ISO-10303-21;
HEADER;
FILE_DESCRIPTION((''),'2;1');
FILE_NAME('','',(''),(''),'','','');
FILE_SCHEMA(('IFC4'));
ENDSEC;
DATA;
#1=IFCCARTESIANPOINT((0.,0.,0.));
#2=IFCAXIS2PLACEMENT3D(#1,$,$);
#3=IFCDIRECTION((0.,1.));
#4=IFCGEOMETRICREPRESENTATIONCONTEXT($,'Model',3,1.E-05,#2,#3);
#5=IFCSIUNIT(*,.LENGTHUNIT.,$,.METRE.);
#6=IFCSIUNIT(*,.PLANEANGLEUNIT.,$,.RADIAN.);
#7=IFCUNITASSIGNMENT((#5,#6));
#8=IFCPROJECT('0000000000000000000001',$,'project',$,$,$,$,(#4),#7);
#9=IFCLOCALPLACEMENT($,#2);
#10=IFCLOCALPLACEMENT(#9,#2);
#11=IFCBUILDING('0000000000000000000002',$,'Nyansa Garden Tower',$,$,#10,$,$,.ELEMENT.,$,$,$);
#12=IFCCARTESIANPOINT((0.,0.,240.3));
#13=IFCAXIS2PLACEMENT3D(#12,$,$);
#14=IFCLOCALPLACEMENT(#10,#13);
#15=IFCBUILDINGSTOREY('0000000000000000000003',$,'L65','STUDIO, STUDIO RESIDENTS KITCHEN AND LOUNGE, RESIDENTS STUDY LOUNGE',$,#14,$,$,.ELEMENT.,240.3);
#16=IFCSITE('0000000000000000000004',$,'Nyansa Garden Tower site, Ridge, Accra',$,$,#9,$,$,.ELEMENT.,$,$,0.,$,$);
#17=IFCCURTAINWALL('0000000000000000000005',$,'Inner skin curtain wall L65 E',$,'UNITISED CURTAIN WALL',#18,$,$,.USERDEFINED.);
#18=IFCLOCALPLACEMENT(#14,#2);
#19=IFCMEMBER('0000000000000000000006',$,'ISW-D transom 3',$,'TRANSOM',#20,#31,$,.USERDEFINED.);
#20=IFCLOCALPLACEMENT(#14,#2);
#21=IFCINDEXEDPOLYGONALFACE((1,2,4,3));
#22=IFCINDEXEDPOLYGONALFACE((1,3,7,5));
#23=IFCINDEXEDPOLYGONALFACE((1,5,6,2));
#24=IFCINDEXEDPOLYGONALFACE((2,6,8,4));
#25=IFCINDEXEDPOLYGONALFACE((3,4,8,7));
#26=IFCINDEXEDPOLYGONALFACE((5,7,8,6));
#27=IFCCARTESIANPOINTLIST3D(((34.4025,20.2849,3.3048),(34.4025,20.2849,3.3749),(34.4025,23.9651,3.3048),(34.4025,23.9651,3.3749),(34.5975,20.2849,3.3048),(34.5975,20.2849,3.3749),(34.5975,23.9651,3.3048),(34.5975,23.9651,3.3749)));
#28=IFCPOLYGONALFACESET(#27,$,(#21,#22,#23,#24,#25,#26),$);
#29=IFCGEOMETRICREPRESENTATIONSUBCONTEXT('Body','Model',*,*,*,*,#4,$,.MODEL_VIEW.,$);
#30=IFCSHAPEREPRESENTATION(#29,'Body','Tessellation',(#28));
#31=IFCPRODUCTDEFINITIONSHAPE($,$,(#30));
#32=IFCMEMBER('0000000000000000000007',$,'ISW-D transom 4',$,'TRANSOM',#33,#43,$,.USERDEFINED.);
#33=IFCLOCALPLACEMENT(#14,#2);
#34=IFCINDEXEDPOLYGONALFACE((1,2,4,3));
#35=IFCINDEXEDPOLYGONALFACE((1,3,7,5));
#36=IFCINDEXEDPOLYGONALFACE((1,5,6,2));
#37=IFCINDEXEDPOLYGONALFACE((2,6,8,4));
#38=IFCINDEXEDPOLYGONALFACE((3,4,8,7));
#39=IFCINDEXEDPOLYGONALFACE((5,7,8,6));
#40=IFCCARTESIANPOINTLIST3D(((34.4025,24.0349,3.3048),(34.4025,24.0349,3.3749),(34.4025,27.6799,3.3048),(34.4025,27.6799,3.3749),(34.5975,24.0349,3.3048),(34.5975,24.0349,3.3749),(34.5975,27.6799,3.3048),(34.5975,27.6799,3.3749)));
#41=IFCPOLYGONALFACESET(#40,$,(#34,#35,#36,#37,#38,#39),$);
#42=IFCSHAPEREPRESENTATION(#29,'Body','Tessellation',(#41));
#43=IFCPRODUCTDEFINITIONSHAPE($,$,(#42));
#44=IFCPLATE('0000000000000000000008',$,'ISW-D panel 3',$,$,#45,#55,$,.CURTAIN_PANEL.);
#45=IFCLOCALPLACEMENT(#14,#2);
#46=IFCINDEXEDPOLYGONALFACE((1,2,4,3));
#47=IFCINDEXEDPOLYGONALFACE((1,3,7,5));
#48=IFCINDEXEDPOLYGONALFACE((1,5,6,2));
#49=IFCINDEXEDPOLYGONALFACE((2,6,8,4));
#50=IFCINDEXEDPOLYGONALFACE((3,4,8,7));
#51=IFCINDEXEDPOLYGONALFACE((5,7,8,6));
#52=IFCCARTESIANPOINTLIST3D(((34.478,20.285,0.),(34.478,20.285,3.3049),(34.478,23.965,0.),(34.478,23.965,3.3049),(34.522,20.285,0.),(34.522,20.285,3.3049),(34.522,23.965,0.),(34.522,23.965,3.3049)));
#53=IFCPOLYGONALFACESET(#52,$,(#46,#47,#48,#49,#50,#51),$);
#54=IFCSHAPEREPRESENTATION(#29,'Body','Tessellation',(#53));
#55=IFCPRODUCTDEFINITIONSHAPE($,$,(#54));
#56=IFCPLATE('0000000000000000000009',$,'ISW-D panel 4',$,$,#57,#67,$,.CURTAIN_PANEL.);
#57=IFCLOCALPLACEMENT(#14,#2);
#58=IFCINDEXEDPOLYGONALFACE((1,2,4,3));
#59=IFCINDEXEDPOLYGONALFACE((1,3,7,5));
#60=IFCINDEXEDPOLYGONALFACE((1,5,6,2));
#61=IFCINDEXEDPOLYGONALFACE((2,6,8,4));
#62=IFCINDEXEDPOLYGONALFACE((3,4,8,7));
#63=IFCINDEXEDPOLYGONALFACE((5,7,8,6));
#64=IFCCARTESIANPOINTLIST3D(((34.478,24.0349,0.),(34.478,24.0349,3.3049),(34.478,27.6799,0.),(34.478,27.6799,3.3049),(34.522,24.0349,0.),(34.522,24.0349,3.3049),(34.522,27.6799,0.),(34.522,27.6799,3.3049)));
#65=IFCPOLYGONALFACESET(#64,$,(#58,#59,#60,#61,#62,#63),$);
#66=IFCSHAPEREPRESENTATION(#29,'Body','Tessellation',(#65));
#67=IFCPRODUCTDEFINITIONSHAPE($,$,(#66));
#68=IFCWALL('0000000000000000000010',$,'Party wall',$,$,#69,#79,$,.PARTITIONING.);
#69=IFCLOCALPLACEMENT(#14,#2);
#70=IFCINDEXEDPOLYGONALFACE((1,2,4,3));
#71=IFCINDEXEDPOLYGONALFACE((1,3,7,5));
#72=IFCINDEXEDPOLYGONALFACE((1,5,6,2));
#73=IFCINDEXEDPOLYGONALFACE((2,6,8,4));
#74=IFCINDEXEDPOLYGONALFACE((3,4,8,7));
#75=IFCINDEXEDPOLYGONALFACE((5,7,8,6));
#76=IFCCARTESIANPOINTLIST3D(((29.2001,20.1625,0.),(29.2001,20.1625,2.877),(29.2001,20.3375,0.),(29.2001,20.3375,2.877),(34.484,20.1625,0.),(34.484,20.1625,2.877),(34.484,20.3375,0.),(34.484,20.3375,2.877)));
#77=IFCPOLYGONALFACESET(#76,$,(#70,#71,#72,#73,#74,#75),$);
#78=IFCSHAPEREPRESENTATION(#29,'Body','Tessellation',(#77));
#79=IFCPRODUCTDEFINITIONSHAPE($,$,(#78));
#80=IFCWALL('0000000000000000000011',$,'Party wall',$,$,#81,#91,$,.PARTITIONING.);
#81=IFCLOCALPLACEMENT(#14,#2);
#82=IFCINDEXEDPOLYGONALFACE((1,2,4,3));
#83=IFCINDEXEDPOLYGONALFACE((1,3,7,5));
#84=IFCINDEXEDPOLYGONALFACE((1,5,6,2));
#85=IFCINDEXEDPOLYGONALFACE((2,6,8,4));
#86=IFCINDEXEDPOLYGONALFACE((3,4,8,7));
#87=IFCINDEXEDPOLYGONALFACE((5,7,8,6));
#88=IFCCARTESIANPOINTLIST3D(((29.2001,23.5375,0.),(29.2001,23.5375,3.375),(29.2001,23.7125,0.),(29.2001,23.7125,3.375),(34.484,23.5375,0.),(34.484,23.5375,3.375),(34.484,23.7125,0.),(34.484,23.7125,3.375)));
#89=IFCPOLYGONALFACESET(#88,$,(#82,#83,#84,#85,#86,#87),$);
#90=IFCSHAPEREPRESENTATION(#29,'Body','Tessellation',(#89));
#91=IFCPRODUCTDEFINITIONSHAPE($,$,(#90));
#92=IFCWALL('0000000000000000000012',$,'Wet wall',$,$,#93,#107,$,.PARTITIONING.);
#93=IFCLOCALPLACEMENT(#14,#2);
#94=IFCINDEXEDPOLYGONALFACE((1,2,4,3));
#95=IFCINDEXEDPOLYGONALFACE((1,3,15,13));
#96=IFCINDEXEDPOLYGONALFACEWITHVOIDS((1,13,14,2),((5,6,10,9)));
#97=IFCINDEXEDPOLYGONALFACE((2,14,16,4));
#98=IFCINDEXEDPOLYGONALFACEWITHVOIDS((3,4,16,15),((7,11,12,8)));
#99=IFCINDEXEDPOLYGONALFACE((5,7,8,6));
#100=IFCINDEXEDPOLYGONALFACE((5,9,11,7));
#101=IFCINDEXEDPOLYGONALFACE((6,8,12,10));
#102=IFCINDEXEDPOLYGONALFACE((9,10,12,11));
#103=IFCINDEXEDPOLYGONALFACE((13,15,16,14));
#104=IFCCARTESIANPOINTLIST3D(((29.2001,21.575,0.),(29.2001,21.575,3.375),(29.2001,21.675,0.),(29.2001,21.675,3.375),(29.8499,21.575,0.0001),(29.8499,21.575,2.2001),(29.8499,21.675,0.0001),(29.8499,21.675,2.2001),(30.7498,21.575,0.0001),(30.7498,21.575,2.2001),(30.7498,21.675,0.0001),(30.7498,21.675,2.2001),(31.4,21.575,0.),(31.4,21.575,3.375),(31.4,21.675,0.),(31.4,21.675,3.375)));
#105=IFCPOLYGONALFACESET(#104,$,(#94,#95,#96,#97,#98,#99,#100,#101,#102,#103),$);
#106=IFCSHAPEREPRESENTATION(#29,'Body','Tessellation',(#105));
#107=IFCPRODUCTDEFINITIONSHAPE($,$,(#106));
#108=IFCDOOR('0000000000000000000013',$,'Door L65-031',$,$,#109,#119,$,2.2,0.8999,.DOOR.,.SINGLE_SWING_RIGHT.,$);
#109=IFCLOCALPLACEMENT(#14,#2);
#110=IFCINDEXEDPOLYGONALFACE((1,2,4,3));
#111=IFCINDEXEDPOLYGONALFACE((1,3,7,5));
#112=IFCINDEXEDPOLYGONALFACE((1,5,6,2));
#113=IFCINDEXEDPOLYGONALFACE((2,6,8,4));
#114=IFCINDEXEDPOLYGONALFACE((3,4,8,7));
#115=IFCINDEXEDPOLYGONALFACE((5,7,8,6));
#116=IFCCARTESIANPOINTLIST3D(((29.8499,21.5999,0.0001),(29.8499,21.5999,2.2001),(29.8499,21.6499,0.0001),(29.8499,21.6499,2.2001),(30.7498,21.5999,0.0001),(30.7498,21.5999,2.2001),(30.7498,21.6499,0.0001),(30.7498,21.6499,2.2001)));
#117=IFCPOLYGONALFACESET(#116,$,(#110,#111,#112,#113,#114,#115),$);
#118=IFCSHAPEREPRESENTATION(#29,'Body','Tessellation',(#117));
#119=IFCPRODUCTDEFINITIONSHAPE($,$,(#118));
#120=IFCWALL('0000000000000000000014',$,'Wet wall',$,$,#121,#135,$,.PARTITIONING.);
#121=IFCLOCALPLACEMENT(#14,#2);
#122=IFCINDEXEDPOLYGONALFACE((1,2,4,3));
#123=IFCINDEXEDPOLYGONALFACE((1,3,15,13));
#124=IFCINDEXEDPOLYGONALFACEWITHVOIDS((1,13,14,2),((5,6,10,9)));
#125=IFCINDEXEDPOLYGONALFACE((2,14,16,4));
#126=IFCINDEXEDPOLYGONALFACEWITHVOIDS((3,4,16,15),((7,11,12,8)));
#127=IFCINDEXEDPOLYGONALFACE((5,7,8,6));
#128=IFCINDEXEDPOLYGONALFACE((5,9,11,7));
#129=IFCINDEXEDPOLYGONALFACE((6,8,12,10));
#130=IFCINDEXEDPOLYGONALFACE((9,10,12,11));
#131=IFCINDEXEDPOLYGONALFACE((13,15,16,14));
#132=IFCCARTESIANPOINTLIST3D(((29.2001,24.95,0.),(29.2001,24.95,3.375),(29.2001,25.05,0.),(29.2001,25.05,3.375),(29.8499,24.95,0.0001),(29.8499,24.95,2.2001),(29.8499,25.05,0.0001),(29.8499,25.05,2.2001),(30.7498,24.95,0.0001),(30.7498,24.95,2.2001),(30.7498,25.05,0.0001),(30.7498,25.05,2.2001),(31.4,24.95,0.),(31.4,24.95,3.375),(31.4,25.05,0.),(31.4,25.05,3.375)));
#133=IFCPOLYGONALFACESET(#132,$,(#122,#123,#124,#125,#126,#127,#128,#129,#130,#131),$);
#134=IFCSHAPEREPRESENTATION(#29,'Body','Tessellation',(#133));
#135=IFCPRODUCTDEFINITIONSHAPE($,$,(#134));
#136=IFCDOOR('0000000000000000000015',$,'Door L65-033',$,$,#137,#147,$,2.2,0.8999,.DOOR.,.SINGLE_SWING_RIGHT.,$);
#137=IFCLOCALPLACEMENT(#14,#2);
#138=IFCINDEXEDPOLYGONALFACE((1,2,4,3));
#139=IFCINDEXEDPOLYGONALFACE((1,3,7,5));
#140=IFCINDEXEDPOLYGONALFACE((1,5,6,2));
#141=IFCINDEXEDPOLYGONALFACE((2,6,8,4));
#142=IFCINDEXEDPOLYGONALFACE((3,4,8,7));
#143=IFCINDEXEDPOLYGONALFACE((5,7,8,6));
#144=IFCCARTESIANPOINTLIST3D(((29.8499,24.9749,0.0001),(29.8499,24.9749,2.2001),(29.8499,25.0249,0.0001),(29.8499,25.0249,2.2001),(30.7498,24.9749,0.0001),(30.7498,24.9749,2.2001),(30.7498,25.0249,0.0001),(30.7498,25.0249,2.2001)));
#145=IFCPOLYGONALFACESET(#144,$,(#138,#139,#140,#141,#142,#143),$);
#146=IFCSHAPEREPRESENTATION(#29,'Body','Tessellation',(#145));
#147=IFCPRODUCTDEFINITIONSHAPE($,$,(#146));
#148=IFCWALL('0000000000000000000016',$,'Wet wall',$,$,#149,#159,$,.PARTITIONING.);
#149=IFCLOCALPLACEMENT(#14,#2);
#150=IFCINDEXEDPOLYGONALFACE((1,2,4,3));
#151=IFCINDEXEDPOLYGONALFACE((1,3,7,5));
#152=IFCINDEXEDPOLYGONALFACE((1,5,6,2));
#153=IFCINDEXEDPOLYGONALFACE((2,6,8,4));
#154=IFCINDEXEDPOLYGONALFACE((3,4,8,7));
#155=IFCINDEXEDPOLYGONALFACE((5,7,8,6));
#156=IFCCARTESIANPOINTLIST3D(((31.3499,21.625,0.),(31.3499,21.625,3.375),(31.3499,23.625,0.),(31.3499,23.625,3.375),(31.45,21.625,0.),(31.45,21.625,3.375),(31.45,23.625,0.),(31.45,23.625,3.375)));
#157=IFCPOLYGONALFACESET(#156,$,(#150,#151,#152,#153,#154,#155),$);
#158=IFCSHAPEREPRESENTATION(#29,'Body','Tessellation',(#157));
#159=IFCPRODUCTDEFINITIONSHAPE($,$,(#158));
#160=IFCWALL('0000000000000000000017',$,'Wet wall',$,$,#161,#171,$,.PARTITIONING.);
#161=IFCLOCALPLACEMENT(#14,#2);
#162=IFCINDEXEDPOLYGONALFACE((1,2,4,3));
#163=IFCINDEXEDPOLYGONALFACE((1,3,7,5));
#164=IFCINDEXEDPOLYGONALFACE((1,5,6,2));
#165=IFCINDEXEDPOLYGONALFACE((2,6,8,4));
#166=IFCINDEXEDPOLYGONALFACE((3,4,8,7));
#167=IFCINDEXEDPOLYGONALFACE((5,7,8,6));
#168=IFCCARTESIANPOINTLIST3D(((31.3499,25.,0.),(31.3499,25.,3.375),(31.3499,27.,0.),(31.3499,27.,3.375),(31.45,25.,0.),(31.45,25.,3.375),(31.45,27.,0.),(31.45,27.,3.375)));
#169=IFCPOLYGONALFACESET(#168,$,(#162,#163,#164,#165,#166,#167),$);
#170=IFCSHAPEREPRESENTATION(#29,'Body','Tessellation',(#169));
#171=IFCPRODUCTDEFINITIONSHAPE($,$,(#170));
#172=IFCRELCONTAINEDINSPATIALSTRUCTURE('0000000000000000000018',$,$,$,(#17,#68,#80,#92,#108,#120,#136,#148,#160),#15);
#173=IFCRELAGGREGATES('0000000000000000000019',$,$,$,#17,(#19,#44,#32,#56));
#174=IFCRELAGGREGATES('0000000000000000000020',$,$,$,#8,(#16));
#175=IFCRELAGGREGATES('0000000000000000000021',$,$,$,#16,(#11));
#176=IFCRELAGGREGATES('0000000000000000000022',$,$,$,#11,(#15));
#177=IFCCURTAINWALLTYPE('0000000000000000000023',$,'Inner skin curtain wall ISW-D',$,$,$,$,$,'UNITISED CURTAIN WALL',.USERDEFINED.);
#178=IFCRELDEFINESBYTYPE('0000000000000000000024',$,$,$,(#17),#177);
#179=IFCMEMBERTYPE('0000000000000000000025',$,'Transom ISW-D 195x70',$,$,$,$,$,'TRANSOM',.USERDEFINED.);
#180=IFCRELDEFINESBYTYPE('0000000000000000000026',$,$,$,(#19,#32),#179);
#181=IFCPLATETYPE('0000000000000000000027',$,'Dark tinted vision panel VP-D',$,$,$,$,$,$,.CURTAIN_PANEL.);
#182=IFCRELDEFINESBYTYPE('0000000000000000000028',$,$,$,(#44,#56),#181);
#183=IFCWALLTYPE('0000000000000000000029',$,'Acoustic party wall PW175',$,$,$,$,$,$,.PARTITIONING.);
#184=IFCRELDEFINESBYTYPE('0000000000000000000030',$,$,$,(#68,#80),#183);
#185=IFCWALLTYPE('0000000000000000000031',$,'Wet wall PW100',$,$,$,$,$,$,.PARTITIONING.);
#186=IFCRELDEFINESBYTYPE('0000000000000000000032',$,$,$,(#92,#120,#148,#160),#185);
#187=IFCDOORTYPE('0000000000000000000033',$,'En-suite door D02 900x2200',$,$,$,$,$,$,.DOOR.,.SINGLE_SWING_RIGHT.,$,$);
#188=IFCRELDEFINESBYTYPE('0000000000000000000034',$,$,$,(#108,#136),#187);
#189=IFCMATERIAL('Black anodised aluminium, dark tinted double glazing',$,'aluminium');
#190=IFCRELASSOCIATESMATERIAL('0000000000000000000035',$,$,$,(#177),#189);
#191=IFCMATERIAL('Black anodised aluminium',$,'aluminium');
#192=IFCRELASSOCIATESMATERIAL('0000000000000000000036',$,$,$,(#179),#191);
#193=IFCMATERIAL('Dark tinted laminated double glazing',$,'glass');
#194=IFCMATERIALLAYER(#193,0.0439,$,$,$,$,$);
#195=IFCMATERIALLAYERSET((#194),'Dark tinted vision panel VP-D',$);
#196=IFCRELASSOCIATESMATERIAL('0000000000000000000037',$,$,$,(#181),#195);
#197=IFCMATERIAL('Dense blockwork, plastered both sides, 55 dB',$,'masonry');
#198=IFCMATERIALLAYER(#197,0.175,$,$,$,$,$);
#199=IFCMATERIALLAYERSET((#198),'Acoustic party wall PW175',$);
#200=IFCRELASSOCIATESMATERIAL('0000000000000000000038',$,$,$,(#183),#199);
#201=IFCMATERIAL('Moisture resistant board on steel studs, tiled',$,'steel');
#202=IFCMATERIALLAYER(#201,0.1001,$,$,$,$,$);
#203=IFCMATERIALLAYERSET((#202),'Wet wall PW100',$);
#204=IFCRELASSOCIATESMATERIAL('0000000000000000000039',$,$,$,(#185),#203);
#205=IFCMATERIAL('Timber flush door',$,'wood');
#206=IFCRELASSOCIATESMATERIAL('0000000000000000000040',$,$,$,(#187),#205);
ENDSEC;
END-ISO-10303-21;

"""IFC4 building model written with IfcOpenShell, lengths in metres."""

from ifc_helpers import new_model, si_unit, direction, frame, frame_2d, origin, origin_2d, place, context, subcontext, project, spatial, rectangle, extrude, material, layer, layer_set, material_profile, profile_set, type_object, element, fill, aggregate, save


model = new_model("IFC4")

# Units and contexts
model_context = context("Model", 3, precision=1e-05, world=origin(), true_north=direction((0.0, 1.0)))
body_context = subcontext(model_context, "Body", "Model", "MODEL_VIEW")
ifc_project = project(units=[si_unit("LENGTHUNIT", "METRE"), si_unit("PLANEANGLEUNIT", "RADIAN")], contexts=[model_context])

# Site, building, storey
site_placement = place(None, origin())
site = spatial("IfcSite", under=ifc_project, at=site_placement, Name="Nyansa Garden Tower site, Ridge, Accra", CompositionType="ELEMENT", RefElevation=0.0)
building_placement = place(site_placement, origin())
building = spatial("IfcBuilding", under=site, at=building_placement, Name="Nyansa Garden Tower", CompositionType="ELEMENT")
storey_placement = place(building_placement, frame((0.0, 0.0, 240.3)))
storey = spatial("IfcBuildingStorey", under=building, at=storey_placement, Name="L65", Description="STUDIO, STUDIO RESIDENTS KITCHEN AND LOUNGE, RESIDENTS STUDY LOUNGE", CompositionType="ELEMENT", Elevation=240.3)

# Curtain wall
ifc_material_1 = material(Name="Black anodised aluminium, dark tinted double glazing", Category="aluminium")
curtain_wall_type = type_object("IfcCurtainWallType", Name="Inner skin curtain wall ISW-D", ElementType="UNITISED CURTAIN WALL", PredefinedType="USERDEFINED", material=ifc_material_1)
curtain_wall_placement = place(storey_placement, origin())
curtain_wall = element("IfcCurtainWall", 1, at=curtain_wall_placement, inside=storey, type_object=curtain_wall_type, Name="Inner skin curtain wall L65 E", ObjectType="UNITISED CURTAIN WALL", PredefinedType="USERDEFINED")

# Members
ifc_material_2 = material(Name="Black anodised aluminium", Category="aluminium")
ifc_material_profile_1 = material_profile(ifc_material_2, rectangle(XDim=0.1951, YDim=0.0701, at=origin_2d()), Name="Transom 195x70")
ifc_profile_set_1 = profile_set([ifc_material_profile_1], Name="Black anodised aluminium")
member_type_1 = type_object("IfcMemberType", Name="Transom ISW-D 195x70", ElementType="TRANSOM", PredefinedType="USERDEFINED", material=ifc_profile_set_1)
member_1_placement = place(storey_placement, frame((34.5, 20.2849, 3.3398), z_axis=(0.0, 1.0, 0.0), x_axis=(-1.0, 0.0, 0.0)))
member_1 = element("IfcMember", 2, at=member_1_placement, type_object=member_type_1, Name="ISW-D transom 3", ObjectType="TRANSOM", PredefinedType="USERDEFINED", context=body_context, shape_type="SweptSolid", body=[
    extrude(rectangle(XDim=0.1951, YDim=0.0701, at=origin_2d()), origin(), (0.0, 0.0, 1.0), 3.6802),
])
member_2_placement = place(storey_placement, frame((34.5, 24.0349, 3.3398), z_axis=(0.0, 1.0, 0.0), x_axis=(-1.0, 0.0, 0.0)))
member_2 = element("IfcMember", 3, at=member_2_placement, type_object=member_type_1, Name="ISW-D transom 4", ObjectType="TRANSOM", PredefinedType="USERDEFINED", context=body_context, shape_type="SweptSolid", body=[
    extrude(rectangle(XDim=0.1951, YDim=0.0701, at=origin_2d()), origin(), (0.0, 0.0, 1.0), 3.645),
])

# Plates
ifc_material_3 = material(Name="Dark tinted laminated double glazing", Category="glass")
ifc_layer_1 = layer(ifc_material_3, 0.0439)
ifc_layer_set_1 = layer_set([ifc_layer_1], Name="Dark tinted vision panel VP-D")
plate_type = type_object("IfcPlateType", Name="Dark tinted vision panel VP-D", PredefinedType="CURTAIN_PANEL", material=ifc_layer_set_1)
plate_1_placement = place(storey_placement, frame((34.5, 22.125, 0.0), z_axis=(0.0, 0.0, 1.0), x_axis=(0.0, 1.0, 0.0)))
plate_1 = element("IfcPlate", 4, at=plate_1_placement, type_object=plate_type, Name="ISW-D panel 3", PredefinedType="CURTAIN_PANEL", context=body_context, shape_type="SweptSolid", body=[
    extrude(rectangle(XDim=3.6799, YDim=0.0439, at=origin_2d()), origin(), (0.0, 0.0, 1.0), 3.3049),
])
plate_2_placement = place(storey_placement, frame((34.5, 25.8574, 0.0), z_axis=(0.0, 0.0, 1.0), x_axis=(0.0, 1.0, 0.0)))
plate_2 = element("IfcPlate", 5, at=plate_2_placement, type_object=plate_type, Name="ISW-D panel 4", PredefinedType="CURTAIN_PANEL", context=body_context, shape_type="SweptSolid", body=[
    extrude(rectangle(XDim=3.645, YDim=0.0439, at=origin_2d()), origin(), (0.0, 0.0, 1.0), 3.3049),
])
aggregate(curtain_wall, [member_1, plate_1, member_2, plate_2])

# Walls
ifc_material_4 = material(Name="Dense blockwork, plastered both sides, 55 dB", Category="masonry")
ifc_layer_2 = layer(ifc_material_4, 0.175)
ifc_layer_set_2 = layer_set([ifc_layer_2], Name="Acoustic party wall PW175")
wall_type_1 = type_object("IfcWallType", Name="Acoustic party wall PW175", PredefinedType="PARTITIONING", material=ifc_layer_set_2)
wall_1_placement = place(storey_placement, frame((29.2, 20.25, 0.0), z_axis=(0.0, 0.0, 1.0), x_axis=(1.0, 0.0, 0.0)))
element("IfcWall", 6, at=wall_1_placement, inside=storey, type_object=wall_type_1, Name="Party wall", PredefinedType="PARTITIONING", context=body_context, shape_type="SweptSolid", body=[
    extrude(rectangle(XDim=5.2839, YDim=0.175, at=frame_2d((2.6421, 0.0))), origin(), (0.0, 0.0, 1.0), 2.877),
])
wall_2_placement = place(storey_placement, frame((29.2, 23.625, 0.0), z_axis=(0.0, 0.0, 1.0), x_axis=(1.0, 0.0, 0.0)))
element("IfcWall", 7, at=wall_2_placement, inside=storey, type_object=wall_type_1, Name="Party wall", PredefinedType="PARTITIONING", context=body_context, shape_type="SweptSolid", body=[
    extrude(rectangle(XDim=5.2839, YDim=0.175, at=frame_2d((2.6421, 0.0))), origin(), (0.0, 0.0, 1.0), 3.375),
])

# Walls, openings, doors
ifc_material_5 = material(Name="Moisture resistant board on steel studs, tiled", Category="steel")
ifc_layer_3 = layer(ifc_material_5, 0.1001)
ifc_layer_set_3 = layer_set([ifc_layer_3], Name="Wet wall PW100")
wall_type_2 = type_object("IfcWallType", Name="Wet wall PW100", PredefinedType="PARTITIONING", material=ifc_layer_set_3)
wall_3_placement = place(storey_placement, frame((29.2, 21.625, 0.0), z_axis=(0.0, 0.0, 1.0), x_axis=(1.0, 0.0, 0.0)))
wall_3 = element("IfcWall", 8, at=wall_3_placement, inside=storey, type_object=wall_type_2, Name="Wet wall", PredefinedType="PARTITIONING", context=body_context, shape_type="SweptSolid", body=[
    extrude(rectangle(XDim=2.2, YDim=0.1001, at=frame_2d((1.1001, 0.0))), origin(), (0.0, 0.0, 1.0), 3.375),
])
opening_1_placement = place(wall_3_placement, frame((0.6499, 0.0, 0.0)))
opening_1 = element("IfcOpeningElement", 9, at=opening_1_placement, cuts=wall_3, PredefinedType="OPENING", context=body_context, shape_type="SweptSolid", body=[
    extrude(rectangle(XDim=0.8999, YDim=2.2, at=frame_2d((0.45, 1.1001))), frame((0.0, 0.0601, 0.0), z_axis=(0.0, -1.0, 0.0), x_axis=(1.0, 0.0, 0.0)), (0.0, 0.0, 1.0), 0.1201),
])
ifc_material_6 = material(Name="Timber flush door", Category="wood")
door_type = type_object("IfcDoorType", Name="En-suite door D02 900x2200", OperationType="SINGLE_SWING_RIGHT", PredefinedType="DOOR", material=ifc_material_6)
door_1_placement = place(opening_1_placement, origin())
door_1 = element("IfcDoor", 10, at=door_1_placement, inside=storey, type_object=door_type, Name="Door L65-031", OperationType="SINGLE_SWING_RIGHT", OverallHeight=2.2, OverallWidth=0.8999, PredefinedType="DOOR", context=body_context, shape_type="SweptSolid", body=[
    extrude(rectangle(XDim=0.8999, YDim=2.2, at=frame_2d((0.45, 1.1001))), frame((0.0, 0.0249, 0.0), z_axis=(0.0, -1.0, 0.0), x_axis=(1.0, 0.0, 0.0)), (0.0, 0.0, 1.0), 0.05),
])
fill(opening_1, door_1)
wall_4_placement = place(storey_placement, frame((29.2, 25.0, 0.0), z_axis=(0.0, 0.0, 1.0), x_axis=(1.0, 0.0, 0.0)))
wall_4 = element("IfcWall", 11, at=wall_4_placement, inside=storey, type_object=wall_type_2, Name="Wet wall", PredefinedType="PARTITIONING", context=body_context, shape_type="SweptSolid", body=[
    extrude(rectangle(XDim=2.2, YDim=0.1001, at=frame_2d((1.1001, 0.0))), origin(), (0.0, 0.0, 1.0), 3.375),
])
opening_2_placement = place(wall_4_placement, frame((0.6499, 0.0, 0.0)))
opening_2 = element("IfcOpeningElement", 12, at=opening_2_placement, cuts=wall_4, PredefinedType="OPENING", context=body_context, shape_type="SweptSolid", body=[
    extrude(rectangle(XDim=0.8999, YDim=2.2, at=frame_2d((0.45, 1.1001))), frame((0.0, 0.0601, 0.0), z_axis=(0.0, -1.0, 0.0), x_axis=(1.0, 0.0, 0.0)), (0.0, 0.0, 1.0), 0.1201),
])
door_2_placement = place(opening_2_placement, origin())
door_2 = element("IfcDoor", 13, at=door_2_placement, inside=storey, type_object=door_type, Name="Door L65-033", OperationType="SINGLE_SWING_RIGHT", OverallHeight=2.2, OverallWidth=0.8999, PredefinedType="DOOR", context=body_context, shape_type="SweptSolid", body=[
    extrude(rectangle(XDim=0.8999, YDim=2.2, at=frame_2d((0.45, 1.1001))), frame((0.0, 0.0249, 0.0), z_axis=(0.0, -1.0, 0.0), x_axis=(1.0, 0.0, 0.0)), (0.0, 0.0, 1.0), 0.05),
])
fill(opening_2, door_2)

# Walls
for number, where, z_axis, x_axis, name in (
    (14, (31.3999, 21.625, 0.0), (0.0, 0.0, 1.0), (0.0, 1.0, 0.0), "Wet wall"),
    (15, (31.3999, 25.0, 0.0), (0.0, 0.0, 1.0), (0.0, 1.0, 0.0), "Wet wall"),
):
    element("IfcWall", number, at=place(storey_placement, frame(where, z_axis=z_axis, x_axis=x_axis)), inside=storey, type_object=wall_type_2, Name=name, PredefinedType="PARTITIONING", context=body_context, shape_type="SweptSolid", body=[
        extrude(rectangle(XDim=2.0, YDim=0.1001, at=frame_2d((1.0, 0.0))), origin(), (0.0, 0.0, 1.0), 3.375),
    ])

save(model, "model.ifc")
